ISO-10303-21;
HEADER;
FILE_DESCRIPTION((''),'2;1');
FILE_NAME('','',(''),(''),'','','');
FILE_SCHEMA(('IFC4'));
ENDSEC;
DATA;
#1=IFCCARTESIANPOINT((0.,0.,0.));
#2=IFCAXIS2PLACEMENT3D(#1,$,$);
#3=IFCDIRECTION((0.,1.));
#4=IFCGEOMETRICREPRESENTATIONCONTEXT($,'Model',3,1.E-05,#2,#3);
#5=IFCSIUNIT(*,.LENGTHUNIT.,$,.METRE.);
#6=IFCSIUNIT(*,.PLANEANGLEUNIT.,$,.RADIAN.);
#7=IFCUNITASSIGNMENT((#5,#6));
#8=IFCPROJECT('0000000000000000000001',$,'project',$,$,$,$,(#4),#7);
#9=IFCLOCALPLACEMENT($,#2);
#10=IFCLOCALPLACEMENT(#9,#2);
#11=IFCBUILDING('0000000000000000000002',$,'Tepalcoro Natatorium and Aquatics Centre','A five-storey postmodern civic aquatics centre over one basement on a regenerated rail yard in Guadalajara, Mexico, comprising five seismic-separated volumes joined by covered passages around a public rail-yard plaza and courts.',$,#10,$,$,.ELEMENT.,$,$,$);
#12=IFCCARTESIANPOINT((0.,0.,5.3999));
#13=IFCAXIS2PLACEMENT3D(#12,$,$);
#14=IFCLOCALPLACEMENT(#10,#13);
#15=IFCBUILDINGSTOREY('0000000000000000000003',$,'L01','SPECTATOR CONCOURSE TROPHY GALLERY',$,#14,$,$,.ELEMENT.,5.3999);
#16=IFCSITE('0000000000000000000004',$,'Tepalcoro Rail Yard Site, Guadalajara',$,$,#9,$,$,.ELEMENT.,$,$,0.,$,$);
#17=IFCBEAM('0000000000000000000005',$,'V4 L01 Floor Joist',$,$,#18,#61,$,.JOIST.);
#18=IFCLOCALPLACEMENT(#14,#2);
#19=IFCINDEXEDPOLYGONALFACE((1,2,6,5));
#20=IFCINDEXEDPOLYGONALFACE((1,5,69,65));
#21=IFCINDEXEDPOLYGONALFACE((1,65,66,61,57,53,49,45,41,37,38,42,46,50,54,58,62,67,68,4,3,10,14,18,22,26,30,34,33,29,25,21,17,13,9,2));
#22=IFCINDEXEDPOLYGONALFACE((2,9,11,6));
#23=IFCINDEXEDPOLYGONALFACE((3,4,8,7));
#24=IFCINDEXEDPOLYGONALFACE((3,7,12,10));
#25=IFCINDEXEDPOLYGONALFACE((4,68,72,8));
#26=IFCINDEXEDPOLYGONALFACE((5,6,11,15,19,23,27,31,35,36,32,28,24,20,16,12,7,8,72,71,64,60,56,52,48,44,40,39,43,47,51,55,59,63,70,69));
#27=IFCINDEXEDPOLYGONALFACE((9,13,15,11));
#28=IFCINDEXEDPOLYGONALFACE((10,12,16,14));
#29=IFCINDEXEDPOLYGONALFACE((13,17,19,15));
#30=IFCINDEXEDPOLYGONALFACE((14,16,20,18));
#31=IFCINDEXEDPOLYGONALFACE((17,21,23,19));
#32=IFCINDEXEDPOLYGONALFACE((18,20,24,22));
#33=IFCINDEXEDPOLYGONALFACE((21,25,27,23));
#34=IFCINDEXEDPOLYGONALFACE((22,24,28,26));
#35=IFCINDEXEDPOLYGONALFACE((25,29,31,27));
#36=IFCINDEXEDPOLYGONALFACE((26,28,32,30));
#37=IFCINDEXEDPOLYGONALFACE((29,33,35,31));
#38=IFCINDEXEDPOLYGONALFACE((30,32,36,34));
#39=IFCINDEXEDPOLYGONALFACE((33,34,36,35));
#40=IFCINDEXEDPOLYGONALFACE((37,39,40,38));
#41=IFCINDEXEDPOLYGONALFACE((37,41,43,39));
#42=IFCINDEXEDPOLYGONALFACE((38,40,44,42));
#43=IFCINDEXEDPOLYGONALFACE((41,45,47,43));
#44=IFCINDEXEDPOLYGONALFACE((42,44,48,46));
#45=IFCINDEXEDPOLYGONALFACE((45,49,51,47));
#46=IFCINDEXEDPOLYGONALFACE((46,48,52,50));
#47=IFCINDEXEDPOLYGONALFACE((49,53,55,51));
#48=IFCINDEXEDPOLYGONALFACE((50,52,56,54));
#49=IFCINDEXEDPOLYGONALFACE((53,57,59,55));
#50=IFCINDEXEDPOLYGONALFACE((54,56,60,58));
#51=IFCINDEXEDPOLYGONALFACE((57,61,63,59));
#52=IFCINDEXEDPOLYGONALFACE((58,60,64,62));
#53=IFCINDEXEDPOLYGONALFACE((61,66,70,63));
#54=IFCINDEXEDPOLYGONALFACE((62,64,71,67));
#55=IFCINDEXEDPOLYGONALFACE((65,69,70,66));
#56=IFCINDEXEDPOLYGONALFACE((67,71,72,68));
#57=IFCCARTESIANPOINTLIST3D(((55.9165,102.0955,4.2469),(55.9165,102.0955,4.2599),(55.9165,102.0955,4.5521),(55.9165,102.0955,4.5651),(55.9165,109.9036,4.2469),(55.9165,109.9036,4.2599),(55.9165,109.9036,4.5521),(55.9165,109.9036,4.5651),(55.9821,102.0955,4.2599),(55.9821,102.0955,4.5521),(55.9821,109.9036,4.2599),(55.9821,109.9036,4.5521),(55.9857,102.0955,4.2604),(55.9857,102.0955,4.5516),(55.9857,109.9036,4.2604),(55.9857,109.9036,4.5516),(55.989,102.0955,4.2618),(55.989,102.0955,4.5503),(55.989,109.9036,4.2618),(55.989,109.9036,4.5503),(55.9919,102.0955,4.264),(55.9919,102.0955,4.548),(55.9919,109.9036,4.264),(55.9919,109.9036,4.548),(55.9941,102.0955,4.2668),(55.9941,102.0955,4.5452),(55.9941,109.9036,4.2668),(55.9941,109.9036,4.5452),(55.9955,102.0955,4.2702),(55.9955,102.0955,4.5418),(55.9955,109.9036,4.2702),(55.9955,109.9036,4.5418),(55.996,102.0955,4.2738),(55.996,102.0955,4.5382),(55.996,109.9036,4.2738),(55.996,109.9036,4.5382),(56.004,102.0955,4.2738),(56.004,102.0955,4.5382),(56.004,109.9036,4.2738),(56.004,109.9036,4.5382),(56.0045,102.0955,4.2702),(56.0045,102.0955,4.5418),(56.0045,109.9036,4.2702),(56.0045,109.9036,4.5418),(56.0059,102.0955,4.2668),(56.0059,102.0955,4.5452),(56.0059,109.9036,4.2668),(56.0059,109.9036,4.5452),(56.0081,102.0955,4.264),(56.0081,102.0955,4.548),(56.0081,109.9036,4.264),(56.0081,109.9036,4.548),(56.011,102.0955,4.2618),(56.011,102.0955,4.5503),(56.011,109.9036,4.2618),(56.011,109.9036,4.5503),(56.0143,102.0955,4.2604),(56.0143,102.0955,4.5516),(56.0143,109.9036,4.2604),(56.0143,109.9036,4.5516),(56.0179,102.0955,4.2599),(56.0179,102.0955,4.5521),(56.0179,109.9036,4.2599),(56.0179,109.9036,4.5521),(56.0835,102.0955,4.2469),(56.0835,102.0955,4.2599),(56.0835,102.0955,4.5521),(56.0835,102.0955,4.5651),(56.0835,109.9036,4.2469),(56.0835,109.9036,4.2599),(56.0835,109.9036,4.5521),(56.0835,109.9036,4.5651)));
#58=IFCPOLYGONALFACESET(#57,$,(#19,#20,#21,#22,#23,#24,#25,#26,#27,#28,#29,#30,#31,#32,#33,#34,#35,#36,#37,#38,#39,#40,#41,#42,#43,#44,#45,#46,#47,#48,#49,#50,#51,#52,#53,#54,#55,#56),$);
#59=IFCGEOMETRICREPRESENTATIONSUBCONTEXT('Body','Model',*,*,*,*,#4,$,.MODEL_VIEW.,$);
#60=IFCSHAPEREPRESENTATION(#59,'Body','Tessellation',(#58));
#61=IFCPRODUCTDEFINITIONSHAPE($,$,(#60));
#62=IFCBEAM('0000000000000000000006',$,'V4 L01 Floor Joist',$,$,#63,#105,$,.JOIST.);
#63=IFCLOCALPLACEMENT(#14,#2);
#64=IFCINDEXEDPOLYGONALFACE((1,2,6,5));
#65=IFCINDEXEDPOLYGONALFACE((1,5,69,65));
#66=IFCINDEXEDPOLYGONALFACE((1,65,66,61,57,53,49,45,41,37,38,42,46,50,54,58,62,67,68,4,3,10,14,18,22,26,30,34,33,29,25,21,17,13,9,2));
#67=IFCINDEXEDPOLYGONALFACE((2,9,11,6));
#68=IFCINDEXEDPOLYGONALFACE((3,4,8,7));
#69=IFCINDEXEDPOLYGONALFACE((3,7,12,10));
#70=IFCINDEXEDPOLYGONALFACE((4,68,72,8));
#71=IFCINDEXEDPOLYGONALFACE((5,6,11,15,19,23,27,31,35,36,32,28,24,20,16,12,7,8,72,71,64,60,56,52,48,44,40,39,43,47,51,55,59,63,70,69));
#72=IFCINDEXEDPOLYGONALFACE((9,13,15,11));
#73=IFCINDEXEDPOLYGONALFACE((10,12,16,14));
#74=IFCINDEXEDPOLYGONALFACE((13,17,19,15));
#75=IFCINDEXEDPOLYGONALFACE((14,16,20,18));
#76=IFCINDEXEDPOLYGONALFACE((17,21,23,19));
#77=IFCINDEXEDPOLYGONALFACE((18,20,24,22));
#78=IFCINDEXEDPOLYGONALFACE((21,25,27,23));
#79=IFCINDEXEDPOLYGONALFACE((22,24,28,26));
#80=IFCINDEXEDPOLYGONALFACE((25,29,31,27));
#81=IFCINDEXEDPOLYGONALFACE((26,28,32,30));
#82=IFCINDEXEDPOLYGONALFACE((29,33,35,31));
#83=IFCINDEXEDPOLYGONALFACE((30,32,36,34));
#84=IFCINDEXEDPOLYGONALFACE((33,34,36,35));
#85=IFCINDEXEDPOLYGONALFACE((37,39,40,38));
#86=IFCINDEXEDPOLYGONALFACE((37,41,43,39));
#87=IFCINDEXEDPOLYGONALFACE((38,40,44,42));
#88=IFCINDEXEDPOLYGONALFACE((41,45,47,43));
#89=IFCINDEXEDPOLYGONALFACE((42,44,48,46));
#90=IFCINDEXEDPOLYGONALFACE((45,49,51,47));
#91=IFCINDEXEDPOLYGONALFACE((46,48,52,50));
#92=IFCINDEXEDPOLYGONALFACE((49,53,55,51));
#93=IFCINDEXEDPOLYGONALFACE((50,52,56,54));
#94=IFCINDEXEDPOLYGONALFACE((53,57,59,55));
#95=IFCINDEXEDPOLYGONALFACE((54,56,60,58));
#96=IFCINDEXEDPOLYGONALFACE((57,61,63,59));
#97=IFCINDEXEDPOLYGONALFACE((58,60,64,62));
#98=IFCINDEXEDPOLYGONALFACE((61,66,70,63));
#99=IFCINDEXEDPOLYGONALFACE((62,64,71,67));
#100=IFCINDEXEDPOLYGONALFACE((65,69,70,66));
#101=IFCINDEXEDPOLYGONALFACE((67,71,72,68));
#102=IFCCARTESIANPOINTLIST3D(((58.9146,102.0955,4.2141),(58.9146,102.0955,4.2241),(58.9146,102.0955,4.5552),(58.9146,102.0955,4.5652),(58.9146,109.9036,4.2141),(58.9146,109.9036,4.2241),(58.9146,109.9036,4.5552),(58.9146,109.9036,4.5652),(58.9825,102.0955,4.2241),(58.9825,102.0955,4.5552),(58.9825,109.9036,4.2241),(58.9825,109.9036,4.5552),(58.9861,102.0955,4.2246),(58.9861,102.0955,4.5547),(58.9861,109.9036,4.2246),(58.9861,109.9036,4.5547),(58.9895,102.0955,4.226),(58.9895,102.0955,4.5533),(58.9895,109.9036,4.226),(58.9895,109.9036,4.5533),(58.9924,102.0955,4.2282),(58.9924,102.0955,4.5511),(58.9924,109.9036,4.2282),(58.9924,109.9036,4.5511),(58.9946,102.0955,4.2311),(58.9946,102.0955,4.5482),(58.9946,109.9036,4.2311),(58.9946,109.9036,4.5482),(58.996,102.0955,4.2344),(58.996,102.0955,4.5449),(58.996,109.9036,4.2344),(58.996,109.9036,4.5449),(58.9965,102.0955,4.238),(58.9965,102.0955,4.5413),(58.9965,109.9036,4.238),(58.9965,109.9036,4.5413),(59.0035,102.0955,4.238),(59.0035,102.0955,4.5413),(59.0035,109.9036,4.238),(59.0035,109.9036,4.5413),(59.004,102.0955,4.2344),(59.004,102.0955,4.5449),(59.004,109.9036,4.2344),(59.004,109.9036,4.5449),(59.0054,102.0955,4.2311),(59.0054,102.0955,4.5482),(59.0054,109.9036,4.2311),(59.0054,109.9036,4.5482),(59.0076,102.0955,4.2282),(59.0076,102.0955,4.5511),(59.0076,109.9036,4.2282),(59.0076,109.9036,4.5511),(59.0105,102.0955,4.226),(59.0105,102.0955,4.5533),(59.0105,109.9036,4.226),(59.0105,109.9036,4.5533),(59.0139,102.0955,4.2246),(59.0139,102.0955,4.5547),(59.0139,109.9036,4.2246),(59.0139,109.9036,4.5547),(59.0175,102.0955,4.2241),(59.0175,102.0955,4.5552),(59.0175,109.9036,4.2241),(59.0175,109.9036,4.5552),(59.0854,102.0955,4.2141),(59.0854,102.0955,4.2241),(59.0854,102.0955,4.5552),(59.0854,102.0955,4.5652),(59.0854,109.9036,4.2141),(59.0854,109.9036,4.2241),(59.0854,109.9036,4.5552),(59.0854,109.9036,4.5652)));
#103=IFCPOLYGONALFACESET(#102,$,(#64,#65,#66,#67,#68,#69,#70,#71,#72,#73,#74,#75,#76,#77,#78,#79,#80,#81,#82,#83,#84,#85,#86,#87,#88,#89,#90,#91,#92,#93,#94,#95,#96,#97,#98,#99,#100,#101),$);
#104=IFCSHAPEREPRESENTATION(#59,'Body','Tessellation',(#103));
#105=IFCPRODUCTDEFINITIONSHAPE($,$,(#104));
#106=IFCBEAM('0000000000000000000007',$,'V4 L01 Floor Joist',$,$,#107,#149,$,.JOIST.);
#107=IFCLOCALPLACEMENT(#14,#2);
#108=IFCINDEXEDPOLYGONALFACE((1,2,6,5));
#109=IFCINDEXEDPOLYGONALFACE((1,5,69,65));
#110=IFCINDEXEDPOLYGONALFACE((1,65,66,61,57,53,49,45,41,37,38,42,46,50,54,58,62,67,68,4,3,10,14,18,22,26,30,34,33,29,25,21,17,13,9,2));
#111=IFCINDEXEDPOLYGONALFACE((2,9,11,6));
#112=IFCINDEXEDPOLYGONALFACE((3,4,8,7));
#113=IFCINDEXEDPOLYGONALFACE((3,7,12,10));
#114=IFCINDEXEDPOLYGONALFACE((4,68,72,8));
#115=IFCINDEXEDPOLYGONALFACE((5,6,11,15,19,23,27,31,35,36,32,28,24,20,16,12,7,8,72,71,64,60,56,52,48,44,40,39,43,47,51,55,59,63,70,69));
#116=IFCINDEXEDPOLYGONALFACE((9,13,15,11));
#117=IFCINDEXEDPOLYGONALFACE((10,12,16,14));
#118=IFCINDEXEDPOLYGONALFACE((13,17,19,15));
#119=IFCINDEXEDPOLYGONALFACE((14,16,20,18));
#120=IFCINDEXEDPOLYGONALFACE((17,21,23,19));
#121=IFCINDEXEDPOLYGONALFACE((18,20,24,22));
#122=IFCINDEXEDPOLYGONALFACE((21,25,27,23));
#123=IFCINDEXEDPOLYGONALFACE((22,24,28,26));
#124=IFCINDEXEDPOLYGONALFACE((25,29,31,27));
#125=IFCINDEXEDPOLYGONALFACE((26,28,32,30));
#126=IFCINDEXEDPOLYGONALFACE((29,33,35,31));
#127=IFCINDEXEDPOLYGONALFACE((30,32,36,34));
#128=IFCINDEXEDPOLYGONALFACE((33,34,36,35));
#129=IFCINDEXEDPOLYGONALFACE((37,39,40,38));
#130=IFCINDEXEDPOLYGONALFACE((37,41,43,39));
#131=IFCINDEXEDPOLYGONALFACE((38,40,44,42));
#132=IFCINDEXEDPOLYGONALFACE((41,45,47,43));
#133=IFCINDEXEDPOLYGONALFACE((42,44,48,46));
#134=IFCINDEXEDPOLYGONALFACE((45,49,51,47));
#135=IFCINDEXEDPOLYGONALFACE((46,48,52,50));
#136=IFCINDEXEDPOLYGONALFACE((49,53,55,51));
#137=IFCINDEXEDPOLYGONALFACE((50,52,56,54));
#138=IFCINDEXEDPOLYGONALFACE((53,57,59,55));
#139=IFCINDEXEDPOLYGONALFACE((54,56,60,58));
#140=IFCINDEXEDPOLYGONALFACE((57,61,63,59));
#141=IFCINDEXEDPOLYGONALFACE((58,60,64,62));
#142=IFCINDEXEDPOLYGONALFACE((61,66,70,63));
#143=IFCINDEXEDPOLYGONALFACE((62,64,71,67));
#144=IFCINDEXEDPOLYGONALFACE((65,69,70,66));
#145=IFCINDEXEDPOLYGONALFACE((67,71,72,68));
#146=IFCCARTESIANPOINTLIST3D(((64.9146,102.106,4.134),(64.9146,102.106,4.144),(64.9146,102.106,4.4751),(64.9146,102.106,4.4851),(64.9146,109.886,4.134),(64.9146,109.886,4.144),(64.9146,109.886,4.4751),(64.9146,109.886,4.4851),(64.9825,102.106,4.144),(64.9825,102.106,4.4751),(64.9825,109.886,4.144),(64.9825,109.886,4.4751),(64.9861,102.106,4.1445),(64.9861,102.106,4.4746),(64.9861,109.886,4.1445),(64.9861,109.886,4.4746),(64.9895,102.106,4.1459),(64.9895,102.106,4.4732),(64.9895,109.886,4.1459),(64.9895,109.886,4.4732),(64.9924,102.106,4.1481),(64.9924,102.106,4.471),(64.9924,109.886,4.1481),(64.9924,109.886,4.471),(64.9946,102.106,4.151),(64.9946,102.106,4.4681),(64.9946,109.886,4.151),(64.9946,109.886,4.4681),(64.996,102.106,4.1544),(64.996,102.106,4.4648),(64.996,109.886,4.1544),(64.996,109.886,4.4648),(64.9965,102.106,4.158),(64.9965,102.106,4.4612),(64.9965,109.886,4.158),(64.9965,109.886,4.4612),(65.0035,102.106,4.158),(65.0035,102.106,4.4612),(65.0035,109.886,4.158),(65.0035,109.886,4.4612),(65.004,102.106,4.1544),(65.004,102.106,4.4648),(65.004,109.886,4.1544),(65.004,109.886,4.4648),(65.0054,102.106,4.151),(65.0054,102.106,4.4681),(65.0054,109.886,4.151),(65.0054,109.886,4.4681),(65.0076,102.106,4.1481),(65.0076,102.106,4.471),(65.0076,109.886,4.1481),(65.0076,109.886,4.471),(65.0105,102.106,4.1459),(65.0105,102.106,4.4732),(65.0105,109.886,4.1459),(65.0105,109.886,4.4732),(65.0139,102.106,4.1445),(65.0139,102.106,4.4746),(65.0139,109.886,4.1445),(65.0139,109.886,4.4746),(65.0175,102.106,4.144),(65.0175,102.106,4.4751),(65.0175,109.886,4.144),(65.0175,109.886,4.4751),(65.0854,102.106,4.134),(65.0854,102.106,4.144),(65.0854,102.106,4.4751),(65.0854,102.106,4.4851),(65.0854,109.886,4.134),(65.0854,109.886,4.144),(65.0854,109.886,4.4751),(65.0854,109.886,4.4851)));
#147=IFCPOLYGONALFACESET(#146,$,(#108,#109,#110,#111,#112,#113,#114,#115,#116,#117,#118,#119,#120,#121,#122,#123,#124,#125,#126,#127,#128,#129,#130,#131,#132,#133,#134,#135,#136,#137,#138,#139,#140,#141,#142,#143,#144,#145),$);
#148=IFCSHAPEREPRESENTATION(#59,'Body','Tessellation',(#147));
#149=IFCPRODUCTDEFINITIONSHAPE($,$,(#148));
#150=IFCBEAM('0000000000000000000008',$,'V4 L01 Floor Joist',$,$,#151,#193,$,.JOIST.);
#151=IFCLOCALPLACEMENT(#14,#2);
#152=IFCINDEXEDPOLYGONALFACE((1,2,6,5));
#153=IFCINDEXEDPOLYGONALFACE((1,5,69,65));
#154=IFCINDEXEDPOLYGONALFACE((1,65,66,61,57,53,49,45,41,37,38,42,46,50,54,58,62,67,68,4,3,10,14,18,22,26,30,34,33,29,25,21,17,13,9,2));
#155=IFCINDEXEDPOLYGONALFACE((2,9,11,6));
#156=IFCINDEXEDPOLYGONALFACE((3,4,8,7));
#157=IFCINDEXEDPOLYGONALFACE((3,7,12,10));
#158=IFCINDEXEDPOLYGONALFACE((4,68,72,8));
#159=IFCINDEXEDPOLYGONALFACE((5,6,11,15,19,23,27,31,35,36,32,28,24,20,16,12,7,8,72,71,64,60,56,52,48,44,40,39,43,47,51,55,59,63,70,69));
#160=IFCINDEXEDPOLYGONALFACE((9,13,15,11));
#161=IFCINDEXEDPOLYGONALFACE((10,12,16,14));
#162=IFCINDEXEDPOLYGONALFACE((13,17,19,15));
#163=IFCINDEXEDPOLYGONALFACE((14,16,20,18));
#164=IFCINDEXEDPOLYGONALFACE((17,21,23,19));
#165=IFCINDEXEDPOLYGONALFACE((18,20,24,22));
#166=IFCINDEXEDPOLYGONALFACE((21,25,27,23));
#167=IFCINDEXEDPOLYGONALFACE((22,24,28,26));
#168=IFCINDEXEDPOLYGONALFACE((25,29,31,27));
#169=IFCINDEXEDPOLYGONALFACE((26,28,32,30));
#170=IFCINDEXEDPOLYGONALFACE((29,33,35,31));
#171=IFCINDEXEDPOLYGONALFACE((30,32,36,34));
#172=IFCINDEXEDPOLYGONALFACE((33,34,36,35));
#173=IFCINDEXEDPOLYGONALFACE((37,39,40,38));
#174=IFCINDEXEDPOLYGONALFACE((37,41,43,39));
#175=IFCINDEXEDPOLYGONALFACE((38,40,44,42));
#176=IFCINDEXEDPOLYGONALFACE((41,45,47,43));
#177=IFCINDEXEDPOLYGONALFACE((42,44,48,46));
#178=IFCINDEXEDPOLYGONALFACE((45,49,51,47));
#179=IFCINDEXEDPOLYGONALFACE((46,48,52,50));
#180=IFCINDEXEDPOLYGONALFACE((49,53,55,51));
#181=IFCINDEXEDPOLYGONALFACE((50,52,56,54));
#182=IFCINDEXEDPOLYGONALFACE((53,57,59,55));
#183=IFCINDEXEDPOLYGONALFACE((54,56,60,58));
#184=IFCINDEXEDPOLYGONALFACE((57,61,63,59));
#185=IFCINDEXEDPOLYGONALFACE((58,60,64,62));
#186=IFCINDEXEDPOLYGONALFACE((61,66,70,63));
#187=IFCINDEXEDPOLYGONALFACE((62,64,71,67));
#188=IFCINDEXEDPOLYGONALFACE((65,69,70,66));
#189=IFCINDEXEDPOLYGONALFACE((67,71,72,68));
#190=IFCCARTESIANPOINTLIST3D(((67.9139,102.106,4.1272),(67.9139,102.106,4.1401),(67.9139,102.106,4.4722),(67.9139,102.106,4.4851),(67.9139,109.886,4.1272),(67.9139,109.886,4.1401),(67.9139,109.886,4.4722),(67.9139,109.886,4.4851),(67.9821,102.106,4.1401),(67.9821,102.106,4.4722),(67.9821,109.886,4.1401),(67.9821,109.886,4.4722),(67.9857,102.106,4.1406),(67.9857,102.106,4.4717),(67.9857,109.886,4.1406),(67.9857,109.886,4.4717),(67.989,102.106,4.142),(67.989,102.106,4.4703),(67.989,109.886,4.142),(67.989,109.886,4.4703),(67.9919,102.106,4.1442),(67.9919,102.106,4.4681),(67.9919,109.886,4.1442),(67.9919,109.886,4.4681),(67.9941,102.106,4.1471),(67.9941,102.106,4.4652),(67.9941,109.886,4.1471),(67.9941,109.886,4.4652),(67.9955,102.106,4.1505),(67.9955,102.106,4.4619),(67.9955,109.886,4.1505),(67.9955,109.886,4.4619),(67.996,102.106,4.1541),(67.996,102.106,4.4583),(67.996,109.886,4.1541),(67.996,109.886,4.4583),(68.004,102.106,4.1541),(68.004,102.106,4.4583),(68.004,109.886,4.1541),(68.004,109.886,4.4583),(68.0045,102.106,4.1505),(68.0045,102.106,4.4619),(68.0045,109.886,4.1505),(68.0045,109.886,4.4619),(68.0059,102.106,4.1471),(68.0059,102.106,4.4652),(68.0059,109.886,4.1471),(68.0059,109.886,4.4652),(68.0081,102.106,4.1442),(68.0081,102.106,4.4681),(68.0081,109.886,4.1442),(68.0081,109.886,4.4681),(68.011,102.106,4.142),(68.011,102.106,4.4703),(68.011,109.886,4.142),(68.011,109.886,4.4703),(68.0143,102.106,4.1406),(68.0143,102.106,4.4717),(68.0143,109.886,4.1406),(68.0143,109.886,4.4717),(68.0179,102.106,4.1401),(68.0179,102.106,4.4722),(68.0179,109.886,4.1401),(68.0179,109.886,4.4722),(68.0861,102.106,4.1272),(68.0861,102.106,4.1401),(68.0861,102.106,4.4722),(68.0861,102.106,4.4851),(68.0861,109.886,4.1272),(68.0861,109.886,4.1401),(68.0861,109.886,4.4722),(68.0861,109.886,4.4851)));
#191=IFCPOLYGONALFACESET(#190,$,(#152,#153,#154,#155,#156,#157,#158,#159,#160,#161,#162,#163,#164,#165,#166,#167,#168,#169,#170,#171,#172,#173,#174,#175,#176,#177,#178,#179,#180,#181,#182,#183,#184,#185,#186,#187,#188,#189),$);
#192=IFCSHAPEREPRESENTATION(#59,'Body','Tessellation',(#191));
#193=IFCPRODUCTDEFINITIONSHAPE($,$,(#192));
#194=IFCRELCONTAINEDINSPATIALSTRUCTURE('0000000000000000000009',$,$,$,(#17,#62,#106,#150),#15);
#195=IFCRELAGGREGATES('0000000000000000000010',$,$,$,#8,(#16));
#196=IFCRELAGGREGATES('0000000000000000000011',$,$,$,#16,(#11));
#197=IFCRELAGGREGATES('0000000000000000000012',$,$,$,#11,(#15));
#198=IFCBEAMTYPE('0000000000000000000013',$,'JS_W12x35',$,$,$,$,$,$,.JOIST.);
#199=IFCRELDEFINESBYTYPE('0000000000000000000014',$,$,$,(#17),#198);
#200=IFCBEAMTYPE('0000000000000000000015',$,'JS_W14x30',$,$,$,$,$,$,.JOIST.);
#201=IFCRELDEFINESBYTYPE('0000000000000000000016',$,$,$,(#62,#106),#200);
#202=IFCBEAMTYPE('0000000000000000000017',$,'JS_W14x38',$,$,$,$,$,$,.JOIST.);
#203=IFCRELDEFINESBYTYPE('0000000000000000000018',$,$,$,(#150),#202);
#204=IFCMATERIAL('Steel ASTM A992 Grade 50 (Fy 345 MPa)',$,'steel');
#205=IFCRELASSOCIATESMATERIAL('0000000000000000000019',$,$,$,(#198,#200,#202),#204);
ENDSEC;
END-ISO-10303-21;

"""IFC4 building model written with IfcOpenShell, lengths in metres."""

from ifc_helpers import new_model, si_unit, direction, frame, origin, origin_2d, place, context, subcontext, project, spatial, i_section, extrude, material, material_profile, profile_set, type_object, element, save


model = new_model("IFC4")

# Units and contexts
model_context = context("Model", 3, precision=1e-05, world=origin(), true_north=direction((0.0, 1.0)))
body_context = subcontext(model_context, "Body", "Model", "MODEL_VIEW")
ifc_project = project(units=[si_unit("LENGTHUNIT", "METRE"), si_unit("PLANEANGLEUNIT", "RADIAN")], contexts=[model_context])

# Site, building, storey
site_placement = place(None, origin())
site = spatial("IfcSite", under=ifc_project, at=site_placement, Name="Tepalcoro Rail Yard Site, Guadalajara", CompositionType="ELEMENT", RefElevation=0.0)
building_placement = place(site_placement, origin())
building = spatial("IfcBuilding", under=site, at=building_placement, Name="Tepalcoro Natatorium and Aquatics Centre", Description="A five-storey postmodern civic aquatics centre over one basement on a regenerated rail yard in Guadalajara, Mexico, comprising five seismic-separated volumes joined by covered passages around a public rail-yard plaza and courts.", CompositionType="ELEMENT")
storey_placement = place(building_placement, frame((0.0, 0.0, 5.3999)))
storey = spatial("IfcBuildingStorey", under=building, at=storey_placement, Name="L01", Description="SPECTATOR CONCOURSE TROPHY GALLERY", CompositionType="ELEMENT", Elevation=5.3999)

# Beams
ifc_material_1 = material(Name="Steel ASTM A992 Grade 50 (Fy 345 MPa)", Category="steel")
ifc_material_profile_1 = material_profile(ifc_material_1, i_section(OverallWidth=0.167, OverallDepth=0.3181, WebThickness=0.0081, FlangeThickness=0.0129, FilletRadius=0.0139, at=origin_2d()), Name="W12X35")
ifc_profile_set_1 = profile_set([ifc_material_profile_1], Name="Steel ASTM A992 Grade 50 (Fy 345 MPa)")
beam_type_1 = type_object("IfcBeamType", Name="JS_W12x35", PredefinedType="JOIST", material=ifc_profile_set_1)
beam_1_placement = place(storey_placement, frame((56.0, 102.0955, 4.406), z_axis=(0.0, 1.0, 0.0), x_axis=(-1.0, 0.0, 0.0)))
element("IfcBeam", 1, at=beam_1_placement, inside=storey, type_object=beam_type_1, Name="V4 L01 Floor Joist", PredefinedType="JOIST", context=body_context, shape_type="SweptSolid", body=[
    extrude(i_section(OverallWidth=0.167, OverallDepth=0.3181, WebThickness=0.0081, FlangeThickness=0.0129, FilletRadius=0.0139, at=origin_2d()), origin(), (0.0, 0.0, 1.0), 7.8081),
])
ifc_material_profile_2 = material_profile(ifc_material_1, i_section(OverallWidth=0.1709, OverallDepth=0.3511, WebThickness=0.0071, FlangeThickness=0.01, FilletRadius=0.0139, at=origin_2d()), Name="W14X30")
ifc_profile_set_2 = profile_set([ifc_material_profile_2], Name="Steel ASTM A992 Grade 50 (Fy 345 MPa)")
beam_type_2 = type_object("IfcBeamType", Name="JS_W14x30", PredefinedType="JOIST", material=ifc_profile_set_2)
beam_2_placement = place(storey_placement, frame((59.0, 102.0955, 4.3896), z_axis=(0.0, 1.0, 0.0), x_axis=(-1.0, 0.0, 0.0)))
element("IfcBeam", 2, at=beam_2_placement, inside=storey, type_object=beam_type_2, Name="V4 L01 Floor Joist", PredefinedType="JOIST", context=body_context, shape_type="SweptSolid", body=[
    extrude(i_section(OverallWidth=0.1709, OverallDepth=0.3511, WebThickness=0.0071, FlangeThickness=0.01, FilletRadius=0.0139, at=origin_2d()), origin(), (0.0, 0.0, 1.0), 7.8081),
])
beam_3_placement = place(storey_placement, frame((65.0, 102.106, 4.3096), z_axis=(0.0, 1.0, 0.0), x_axis=(-1.0, 0.0, 0.0)))
element("IfcBeam", 3, at=beam_3_placement, inside=storey, type_object=beam_type_2, Name="V4 L01 Floor Joist", PredefinedType="JOIST", context=body_context, shape_type="SweptSolid", body=[
    extrude(i_section(OverallWidth=0.1709, OverallDepth=0.3511, WebThickness=0.0071, FlangeThickness=0.01, FilletRadius=0.0139, at=origin_2d()), origin(), (0.0, 0.0, 1.0), 7.78),
])
ifc_material_profile_3 = material_profile(ifc_material_1, i_section(OverallWidth=0.1721, OverallDepth=0.3579, WebThickness=0.0081, FlangeThickness=0.0129, FilletRadius=0.0139, at=origin_2d()), Name="W14X38")
ifc_profile_set_3 = profile_set([ifc_material_profile_3], Name="Steel ASTM A992 Grade 50 (Fy 345 MPa)")
beam_type_3 = type_object("IfcBeamType", Name="JS_W14x38", PredefinedType="JOIST", material=ifc_profile_set_3)
beam_4_placement = place(storey_placement, frame((68.0, 102.106, 4.3062), z_axis=(0.0, 1.0, 0.0), x_axis=(-1.0, 0.0, 0.0)))
element("IfcBeam", 4, at=beam_4_placement, inside=storey, type_object=beam_type_3, Name="V4 L01 Floor Joist", PredefinedType="JOIST", context=body_context, shape_type="SweptSolid", body=[
    extrude(i_section(OverallWidth=0.1721, OverallDepth=0.3579, WebThickness=0.0081, FlangeThickness=0.0129, FilletRadius=0.0139, at=origin_2d()), origin(), (0.0, 0.0, 1.0), 7.78),
])

save(model, "model.ifc")
